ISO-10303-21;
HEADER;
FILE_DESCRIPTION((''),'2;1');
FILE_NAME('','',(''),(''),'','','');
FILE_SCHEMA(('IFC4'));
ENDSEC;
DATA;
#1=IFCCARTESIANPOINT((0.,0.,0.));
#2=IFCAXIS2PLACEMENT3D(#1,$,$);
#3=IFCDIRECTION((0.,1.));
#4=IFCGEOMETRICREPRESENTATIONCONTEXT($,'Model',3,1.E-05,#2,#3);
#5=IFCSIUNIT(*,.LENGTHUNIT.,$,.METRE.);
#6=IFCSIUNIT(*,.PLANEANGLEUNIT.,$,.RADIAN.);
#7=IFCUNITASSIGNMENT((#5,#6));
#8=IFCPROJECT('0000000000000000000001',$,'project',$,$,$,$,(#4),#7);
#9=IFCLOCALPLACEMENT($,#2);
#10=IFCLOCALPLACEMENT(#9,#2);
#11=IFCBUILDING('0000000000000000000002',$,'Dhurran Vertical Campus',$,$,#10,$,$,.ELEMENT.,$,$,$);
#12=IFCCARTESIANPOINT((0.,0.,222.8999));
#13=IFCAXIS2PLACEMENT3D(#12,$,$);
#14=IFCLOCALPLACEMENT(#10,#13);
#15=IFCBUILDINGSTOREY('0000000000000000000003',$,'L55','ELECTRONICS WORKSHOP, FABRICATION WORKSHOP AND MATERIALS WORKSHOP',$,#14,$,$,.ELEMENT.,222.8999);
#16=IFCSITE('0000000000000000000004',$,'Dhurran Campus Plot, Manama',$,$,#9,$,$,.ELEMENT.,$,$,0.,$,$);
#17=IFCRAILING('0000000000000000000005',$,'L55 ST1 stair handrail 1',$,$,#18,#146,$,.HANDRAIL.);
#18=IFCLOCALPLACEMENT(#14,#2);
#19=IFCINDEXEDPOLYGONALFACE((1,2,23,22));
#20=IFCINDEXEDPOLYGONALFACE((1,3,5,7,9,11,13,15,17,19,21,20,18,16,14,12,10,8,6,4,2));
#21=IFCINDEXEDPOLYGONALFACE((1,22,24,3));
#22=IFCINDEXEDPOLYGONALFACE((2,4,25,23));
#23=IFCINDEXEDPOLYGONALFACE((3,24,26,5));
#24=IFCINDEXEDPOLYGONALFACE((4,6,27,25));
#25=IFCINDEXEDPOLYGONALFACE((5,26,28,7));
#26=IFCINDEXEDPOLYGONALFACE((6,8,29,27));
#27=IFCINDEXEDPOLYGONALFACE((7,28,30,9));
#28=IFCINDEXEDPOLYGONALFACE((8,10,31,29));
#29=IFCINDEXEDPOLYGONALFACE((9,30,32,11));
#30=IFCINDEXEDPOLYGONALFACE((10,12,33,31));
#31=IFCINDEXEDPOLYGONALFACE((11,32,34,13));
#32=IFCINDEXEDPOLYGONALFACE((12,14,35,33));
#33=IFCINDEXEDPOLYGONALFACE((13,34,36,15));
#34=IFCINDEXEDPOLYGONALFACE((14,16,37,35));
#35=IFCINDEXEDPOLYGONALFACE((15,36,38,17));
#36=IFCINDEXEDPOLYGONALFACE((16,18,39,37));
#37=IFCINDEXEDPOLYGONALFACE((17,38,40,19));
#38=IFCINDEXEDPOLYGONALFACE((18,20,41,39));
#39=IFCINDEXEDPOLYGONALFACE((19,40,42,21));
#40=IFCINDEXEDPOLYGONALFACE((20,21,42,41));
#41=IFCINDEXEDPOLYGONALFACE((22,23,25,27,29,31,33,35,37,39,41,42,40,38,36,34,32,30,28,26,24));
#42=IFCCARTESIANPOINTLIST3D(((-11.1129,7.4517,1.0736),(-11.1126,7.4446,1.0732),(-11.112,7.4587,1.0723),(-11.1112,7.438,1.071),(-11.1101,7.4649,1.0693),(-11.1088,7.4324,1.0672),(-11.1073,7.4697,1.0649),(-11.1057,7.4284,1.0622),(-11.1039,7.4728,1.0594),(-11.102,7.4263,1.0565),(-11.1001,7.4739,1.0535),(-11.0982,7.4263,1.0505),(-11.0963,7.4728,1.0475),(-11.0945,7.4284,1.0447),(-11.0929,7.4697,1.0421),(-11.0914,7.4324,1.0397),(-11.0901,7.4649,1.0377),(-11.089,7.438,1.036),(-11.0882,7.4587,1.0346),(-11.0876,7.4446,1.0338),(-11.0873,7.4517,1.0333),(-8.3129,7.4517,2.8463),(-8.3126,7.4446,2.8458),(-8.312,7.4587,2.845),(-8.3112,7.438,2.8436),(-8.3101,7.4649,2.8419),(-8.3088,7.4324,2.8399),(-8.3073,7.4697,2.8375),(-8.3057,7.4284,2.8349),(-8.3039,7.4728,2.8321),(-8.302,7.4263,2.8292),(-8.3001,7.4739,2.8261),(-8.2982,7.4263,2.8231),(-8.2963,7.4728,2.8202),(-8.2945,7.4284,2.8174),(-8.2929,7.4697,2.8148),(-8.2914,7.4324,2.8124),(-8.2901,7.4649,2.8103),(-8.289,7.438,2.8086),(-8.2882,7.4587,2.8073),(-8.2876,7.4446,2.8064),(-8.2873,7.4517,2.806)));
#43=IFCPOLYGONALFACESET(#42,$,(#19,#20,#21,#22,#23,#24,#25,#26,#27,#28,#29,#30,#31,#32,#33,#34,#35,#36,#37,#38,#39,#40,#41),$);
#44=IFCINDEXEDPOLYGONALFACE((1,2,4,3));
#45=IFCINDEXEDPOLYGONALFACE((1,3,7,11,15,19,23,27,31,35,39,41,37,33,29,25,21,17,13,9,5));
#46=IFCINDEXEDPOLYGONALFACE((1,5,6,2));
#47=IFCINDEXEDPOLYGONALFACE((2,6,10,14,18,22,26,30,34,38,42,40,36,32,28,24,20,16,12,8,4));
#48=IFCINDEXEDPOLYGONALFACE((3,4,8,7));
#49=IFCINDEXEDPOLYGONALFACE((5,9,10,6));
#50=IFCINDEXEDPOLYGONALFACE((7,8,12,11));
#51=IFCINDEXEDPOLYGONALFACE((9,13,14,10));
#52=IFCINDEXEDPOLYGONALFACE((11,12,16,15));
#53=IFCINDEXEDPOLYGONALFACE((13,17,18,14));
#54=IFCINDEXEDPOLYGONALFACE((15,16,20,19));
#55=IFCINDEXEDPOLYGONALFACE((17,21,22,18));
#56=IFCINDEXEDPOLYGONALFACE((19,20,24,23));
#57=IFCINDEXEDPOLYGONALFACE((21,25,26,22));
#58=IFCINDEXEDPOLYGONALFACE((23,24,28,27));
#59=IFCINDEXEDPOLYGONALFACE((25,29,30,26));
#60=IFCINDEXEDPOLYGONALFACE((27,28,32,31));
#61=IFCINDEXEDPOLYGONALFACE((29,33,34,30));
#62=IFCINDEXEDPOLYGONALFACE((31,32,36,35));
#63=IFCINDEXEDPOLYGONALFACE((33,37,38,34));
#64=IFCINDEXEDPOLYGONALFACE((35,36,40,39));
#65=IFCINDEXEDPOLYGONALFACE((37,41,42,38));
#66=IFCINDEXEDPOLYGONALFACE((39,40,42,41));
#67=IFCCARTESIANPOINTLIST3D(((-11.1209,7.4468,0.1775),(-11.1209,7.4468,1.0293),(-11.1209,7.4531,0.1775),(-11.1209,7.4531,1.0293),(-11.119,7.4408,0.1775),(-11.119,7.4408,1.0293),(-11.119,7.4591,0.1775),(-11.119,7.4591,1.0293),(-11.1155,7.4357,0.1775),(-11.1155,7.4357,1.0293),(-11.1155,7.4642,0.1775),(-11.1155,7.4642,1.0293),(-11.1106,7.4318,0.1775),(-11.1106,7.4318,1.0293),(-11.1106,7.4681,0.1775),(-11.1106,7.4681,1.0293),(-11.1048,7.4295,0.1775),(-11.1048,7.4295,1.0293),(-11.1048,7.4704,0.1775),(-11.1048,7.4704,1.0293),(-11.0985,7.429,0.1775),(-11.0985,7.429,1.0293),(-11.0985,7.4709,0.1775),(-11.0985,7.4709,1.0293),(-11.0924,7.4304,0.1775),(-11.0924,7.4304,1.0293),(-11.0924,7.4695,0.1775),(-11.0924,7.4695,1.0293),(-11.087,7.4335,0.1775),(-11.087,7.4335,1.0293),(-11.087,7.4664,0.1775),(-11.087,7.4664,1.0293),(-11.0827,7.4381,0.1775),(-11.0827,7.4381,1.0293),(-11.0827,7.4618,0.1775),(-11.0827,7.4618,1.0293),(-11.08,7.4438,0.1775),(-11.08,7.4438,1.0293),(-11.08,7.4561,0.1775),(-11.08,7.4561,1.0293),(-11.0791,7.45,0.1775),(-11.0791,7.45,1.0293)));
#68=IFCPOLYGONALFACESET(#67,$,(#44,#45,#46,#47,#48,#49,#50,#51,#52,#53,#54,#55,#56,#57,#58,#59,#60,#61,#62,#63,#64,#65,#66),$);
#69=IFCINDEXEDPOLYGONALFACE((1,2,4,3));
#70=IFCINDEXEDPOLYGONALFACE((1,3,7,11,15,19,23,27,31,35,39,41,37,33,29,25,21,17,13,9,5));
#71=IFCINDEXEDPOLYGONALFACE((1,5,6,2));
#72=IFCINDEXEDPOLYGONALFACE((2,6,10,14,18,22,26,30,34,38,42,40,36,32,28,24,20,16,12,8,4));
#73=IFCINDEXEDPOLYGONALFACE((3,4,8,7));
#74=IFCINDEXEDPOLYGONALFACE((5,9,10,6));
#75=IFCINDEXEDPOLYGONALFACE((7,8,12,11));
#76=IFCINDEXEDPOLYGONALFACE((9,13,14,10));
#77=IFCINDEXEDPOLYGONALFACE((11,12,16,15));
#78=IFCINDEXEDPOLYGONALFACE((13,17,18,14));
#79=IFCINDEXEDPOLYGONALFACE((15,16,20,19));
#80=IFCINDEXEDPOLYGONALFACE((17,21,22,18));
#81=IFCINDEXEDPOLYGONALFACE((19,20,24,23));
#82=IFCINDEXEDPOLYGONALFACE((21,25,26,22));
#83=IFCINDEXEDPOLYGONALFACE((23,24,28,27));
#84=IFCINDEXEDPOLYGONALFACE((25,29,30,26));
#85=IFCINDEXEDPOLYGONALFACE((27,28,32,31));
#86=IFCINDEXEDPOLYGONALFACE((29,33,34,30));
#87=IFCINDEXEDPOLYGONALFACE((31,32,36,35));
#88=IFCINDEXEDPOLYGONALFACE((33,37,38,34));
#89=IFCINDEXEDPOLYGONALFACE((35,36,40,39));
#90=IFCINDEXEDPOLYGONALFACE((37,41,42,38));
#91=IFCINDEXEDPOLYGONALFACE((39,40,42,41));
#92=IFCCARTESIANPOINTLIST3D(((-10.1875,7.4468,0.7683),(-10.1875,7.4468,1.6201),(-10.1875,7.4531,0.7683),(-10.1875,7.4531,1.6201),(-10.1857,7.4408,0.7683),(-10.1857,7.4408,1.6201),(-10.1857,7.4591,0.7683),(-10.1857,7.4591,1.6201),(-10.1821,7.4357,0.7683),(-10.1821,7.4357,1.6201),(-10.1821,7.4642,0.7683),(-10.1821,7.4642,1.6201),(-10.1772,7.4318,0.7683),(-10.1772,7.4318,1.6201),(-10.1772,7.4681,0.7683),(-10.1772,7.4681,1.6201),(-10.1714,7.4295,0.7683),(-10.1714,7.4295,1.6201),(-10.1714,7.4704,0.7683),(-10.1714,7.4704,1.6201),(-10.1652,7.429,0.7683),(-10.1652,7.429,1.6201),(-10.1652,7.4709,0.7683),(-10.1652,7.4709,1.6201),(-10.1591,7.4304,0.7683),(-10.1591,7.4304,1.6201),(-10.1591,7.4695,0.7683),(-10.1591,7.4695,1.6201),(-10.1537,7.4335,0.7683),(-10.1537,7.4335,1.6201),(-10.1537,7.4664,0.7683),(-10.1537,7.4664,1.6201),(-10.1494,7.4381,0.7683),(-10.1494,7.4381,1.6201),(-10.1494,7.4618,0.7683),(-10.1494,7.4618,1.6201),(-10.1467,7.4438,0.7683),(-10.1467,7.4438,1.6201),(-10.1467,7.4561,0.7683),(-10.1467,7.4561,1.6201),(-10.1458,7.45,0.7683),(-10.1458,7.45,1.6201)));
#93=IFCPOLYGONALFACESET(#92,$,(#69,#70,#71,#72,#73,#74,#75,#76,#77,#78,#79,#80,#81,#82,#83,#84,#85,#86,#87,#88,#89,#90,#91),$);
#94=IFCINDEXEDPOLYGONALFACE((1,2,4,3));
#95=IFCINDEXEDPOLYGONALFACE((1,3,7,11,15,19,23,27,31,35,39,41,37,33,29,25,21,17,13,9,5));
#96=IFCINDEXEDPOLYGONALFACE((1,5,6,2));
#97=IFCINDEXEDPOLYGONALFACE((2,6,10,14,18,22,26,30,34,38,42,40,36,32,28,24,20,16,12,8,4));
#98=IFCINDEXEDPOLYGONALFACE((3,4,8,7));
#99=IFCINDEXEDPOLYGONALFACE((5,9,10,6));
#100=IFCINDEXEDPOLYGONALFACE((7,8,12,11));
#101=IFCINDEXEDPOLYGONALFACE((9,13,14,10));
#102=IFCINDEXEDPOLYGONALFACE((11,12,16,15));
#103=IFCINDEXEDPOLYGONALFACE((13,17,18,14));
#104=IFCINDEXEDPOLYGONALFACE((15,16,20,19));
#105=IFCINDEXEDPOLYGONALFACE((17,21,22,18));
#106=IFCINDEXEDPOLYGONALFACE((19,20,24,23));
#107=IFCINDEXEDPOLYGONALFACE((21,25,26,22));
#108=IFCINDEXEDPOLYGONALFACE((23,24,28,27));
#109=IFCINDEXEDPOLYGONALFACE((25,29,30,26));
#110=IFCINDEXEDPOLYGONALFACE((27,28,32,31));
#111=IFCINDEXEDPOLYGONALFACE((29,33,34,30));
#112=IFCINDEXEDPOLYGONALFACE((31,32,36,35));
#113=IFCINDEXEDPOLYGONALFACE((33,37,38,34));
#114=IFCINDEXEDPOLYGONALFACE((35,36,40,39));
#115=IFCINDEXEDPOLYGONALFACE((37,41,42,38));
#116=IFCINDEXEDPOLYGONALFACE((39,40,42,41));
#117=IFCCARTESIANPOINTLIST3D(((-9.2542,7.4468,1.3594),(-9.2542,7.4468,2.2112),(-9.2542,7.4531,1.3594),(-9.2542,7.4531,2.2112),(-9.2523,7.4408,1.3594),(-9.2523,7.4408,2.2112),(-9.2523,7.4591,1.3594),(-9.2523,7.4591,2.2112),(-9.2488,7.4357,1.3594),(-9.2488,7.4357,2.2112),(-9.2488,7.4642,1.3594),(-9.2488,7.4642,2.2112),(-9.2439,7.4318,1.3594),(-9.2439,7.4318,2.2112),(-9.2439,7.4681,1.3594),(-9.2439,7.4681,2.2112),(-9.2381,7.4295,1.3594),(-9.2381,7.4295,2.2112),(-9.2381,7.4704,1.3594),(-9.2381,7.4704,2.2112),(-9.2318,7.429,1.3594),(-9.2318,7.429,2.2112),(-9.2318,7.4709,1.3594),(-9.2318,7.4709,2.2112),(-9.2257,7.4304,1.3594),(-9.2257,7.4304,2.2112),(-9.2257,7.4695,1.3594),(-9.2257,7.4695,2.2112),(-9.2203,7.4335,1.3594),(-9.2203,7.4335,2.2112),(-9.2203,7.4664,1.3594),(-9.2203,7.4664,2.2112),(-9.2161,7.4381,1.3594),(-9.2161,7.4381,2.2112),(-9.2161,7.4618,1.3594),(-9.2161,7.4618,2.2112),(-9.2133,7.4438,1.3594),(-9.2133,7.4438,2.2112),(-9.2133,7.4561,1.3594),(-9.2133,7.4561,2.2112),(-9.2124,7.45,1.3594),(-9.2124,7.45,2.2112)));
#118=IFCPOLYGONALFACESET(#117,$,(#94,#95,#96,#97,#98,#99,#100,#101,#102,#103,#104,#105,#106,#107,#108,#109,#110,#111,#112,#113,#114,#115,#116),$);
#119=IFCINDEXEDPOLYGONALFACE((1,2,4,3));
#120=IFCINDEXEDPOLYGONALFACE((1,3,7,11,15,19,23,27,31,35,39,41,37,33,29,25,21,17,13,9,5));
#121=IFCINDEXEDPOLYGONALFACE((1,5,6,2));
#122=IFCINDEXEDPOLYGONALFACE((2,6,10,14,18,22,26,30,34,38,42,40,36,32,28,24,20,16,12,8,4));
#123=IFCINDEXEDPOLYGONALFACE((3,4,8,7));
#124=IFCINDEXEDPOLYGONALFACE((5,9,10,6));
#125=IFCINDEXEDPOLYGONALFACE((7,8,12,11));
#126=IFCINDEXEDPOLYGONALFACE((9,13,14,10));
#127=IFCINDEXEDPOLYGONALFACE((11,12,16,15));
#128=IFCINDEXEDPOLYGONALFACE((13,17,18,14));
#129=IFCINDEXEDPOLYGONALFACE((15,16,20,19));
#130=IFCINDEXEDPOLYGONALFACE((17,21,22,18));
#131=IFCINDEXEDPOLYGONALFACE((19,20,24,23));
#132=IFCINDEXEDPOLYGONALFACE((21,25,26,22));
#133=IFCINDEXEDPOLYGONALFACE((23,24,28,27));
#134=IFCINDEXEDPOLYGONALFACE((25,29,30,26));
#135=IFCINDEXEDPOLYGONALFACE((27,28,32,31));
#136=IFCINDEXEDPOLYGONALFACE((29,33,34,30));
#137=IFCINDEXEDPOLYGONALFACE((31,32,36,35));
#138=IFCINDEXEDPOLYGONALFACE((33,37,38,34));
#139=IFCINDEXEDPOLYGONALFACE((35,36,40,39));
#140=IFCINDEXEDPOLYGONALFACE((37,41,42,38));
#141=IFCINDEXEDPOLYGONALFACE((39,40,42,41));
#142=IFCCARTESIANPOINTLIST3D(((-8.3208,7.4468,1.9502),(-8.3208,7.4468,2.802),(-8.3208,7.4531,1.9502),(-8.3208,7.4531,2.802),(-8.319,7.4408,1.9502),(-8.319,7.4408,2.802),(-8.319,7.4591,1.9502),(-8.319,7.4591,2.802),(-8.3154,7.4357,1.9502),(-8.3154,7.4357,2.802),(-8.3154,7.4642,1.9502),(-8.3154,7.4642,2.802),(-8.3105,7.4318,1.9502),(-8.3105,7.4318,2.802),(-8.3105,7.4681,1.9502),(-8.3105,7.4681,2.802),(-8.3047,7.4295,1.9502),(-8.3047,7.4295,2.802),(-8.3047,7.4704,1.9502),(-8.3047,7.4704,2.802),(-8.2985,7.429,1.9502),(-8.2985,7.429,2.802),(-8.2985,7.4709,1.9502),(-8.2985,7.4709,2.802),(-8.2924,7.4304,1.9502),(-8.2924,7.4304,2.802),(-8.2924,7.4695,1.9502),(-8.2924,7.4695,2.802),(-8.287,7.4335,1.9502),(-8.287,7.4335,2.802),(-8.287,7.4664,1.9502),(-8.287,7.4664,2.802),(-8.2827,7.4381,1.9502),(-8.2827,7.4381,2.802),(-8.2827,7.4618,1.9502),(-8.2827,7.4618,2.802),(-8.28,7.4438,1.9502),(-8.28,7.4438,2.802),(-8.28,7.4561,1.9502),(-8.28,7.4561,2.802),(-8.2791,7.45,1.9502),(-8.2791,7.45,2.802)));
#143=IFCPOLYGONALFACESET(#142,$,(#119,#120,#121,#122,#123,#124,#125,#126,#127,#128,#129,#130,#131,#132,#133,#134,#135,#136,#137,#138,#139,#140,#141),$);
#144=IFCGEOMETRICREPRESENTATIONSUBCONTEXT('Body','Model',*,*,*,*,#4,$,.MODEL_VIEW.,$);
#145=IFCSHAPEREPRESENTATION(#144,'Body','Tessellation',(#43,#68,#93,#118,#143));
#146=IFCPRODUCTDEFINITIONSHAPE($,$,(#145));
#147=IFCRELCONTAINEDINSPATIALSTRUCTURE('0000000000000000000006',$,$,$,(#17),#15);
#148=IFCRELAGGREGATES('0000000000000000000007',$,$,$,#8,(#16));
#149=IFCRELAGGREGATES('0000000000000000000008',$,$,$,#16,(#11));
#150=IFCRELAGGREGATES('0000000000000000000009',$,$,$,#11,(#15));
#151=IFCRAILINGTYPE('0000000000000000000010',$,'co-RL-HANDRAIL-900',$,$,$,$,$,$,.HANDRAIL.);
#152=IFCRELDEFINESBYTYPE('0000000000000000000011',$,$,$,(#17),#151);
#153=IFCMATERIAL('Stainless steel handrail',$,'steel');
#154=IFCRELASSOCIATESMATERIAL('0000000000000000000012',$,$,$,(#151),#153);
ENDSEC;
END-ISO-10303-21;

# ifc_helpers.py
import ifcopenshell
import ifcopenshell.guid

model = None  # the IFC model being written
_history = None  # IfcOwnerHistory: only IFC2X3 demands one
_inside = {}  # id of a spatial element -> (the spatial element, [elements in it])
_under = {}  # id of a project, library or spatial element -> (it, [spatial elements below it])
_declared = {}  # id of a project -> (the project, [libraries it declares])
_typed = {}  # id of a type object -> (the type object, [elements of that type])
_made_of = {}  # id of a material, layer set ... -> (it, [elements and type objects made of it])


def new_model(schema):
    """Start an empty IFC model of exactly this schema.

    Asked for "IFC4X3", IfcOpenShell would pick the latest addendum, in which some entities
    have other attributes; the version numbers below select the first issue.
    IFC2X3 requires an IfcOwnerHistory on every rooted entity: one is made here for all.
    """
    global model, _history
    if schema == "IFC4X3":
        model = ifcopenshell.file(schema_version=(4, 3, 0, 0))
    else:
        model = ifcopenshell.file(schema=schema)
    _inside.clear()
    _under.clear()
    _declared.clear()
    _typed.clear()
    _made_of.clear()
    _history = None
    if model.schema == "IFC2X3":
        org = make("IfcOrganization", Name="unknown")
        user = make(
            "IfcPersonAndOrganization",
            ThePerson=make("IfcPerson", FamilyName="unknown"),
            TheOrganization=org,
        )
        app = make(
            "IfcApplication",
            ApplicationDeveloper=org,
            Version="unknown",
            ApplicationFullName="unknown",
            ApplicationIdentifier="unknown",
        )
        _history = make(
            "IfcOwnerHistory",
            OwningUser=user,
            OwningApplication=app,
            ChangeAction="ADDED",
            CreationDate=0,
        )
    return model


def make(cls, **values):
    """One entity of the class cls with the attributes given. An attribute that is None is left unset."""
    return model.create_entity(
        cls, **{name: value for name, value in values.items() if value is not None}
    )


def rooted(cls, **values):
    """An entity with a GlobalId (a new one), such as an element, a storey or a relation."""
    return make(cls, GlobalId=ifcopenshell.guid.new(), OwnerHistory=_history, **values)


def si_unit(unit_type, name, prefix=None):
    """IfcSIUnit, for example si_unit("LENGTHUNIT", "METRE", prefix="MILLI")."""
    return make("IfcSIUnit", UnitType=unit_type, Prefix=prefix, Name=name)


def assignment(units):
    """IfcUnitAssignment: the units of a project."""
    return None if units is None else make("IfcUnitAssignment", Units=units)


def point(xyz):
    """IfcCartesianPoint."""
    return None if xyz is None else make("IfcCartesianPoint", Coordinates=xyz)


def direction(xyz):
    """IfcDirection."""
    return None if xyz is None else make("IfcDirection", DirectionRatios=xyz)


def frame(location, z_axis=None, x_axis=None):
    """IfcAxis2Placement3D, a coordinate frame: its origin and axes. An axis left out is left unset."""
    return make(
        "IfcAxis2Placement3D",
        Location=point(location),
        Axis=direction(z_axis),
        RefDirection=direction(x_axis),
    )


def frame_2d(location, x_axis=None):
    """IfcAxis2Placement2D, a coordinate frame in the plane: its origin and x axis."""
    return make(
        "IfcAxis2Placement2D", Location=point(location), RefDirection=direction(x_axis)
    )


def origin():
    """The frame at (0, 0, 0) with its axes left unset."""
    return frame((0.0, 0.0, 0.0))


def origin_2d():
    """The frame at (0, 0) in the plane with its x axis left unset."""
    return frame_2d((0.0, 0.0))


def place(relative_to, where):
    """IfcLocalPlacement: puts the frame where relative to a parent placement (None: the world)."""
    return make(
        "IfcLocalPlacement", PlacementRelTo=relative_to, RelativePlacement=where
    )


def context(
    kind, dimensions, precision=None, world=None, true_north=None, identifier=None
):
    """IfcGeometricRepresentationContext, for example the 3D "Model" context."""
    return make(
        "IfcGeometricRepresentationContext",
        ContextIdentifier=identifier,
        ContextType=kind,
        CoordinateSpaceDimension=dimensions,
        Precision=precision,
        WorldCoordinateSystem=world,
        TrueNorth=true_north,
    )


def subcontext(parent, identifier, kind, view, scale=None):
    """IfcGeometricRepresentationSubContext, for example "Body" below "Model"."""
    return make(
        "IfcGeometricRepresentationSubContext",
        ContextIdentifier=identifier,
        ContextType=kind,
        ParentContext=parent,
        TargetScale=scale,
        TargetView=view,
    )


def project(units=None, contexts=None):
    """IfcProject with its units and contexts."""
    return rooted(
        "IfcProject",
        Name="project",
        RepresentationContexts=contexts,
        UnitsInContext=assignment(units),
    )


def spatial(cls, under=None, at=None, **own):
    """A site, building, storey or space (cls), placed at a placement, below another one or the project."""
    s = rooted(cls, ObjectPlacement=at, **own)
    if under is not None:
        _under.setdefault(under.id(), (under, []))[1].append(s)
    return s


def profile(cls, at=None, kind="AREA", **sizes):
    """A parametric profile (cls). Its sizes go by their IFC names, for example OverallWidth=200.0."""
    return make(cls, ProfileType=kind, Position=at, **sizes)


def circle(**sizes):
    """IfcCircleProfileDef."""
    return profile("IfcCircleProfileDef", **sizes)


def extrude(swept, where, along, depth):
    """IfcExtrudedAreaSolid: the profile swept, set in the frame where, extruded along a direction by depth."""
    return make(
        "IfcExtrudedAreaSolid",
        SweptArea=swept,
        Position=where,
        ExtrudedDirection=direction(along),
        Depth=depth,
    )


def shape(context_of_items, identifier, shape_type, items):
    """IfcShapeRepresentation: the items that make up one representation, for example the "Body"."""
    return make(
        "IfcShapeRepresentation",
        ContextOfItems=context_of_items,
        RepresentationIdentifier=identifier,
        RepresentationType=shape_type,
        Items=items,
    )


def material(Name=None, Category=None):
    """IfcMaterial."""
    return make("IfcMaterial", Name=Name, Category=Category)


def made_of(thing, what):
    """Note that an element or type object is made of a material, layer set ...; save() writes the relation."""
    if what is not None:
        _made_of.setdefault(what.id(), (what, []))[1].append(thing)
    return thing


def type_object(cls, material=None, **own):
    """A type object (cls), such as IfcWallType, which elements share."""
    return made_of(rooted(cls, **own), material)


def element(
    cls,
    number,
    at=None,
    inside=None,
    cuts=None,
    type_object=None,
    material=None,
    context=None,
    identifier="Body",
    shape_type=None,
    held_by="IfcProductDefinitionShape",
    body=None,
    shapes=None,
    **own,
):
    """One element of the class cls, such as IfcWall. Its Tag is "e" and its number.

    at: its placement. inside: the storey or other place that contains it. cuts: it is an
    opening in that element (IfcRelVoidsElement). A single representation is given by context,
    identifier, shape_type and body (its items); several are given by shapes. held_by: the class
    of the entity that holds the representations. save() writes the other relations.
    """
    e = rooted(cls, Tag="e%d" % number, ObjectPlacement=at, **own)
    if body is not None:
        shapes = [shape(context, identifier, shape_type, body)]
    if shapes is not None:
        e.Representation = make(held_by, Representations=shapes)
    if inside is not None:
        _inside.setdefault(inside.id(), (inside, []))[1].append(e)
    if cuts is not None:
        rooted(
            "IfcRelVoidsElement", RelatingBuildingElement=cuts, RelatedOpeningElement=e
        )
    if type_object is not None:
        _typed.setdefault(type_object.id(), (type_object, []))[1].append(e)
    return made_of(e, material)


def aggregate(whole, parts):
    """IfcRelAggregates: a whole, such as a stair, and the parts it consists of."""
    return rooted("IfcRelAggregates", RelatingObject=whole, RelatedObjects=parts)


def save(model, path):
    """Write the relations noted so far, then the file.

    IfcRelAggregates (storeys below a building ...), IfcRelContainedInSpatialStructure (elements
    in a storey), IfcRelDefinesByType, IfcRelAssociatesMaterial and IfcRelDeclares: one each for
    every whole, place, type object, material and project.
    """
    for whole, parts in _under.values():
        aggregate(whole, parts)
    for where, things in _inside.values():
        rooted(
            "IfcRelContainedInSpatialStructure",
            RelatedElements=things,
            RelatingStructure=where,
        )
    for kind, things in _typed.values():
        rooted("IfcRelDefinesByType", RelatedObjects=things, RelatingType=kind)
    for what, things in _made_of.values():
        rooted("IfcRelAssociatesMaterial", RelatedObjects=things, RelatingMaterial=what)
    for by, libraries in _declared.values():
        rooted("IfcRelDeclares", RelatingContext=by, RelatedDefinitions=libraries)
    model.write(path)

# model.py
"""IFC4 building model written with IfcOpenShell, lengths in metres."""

from ifc_helpers import new_model, si_unit, direction, frame, origin, origin_2d, place, context, subcontext, project, spatial, circle, extrude, material, type_object, element, save


model = new_model("IFC4")

# Units and contexts
model_context = context("Model", 3, precision=1e-05, world=origin(), true_north=direction((0.0, 1.0)))
body_context = subcontext(model_context, "Body", "Model", "MODEL_VIEW")
ifc_project = project(units=[si_unit("LENGTHUNIT", "METRE"), si_unit("PLANEANGLEUNIT", "RADIAN")], contexts=[model_context])

# Site, building, storey
site_placement = place(None, origin())
site = spatial("IfcSite", under=ifc_project, at=site_placement, Name="Dhurran Campus Plot, Manama", CompositionType="ELEMENT", RefElevation=0.0)
building_placement = place(site_placement, origin())
building = spatial("IfcBuilding", under=site, at=building_placement, Name="Dhurran Vertical Campus", CompositionType="ELEMENT")
storey_placement = place(building_placement, frame((0.0, 0.0, 222.8999)))
storey = spatial("IfcBuildingStorey", under=building, at=storey_placement, Name="L55", Description="ELECTRONICS WORKSHOP, FABRICATION WORKSHOP AND MATERIALS WORKSHOP", CompositionType="ELEMENT", Elevation=222.8999)

# Railing
ifc_material_1 = material(Name="Stainless steel handrail", Category="steel")
railing_type_1 = type_object("IfcRailingType", Name="co-RL-HANDRAIL-900", PredefinedType="HANDRAIL", material=ifc_material_1)
railing_1_placement = place(storey_placement, frame((-11.1001, 7.45, 0.1775)))
element("IfcRailing", 1, at=railing_1_placement, inside=storey, type_object=railing_type_1, Name="L55 ST1 stair handrail 1", PredefinedType="HANDRAIL", context=body_context, shape_type="SweptSolid", body=[
    extrude(circle(Radius=0.0239, at=origin_2d()), frame((0.0, 0.0, 0.876), z_axis=(0.844909, 0.0, 0.53491), x_axis=(0.0, 1.0, 0.0)), (0.0, 0.0, 1.0), 3.314),
    extrude(circle(Radius=0.021, at=origin_2d()), origin(), (0.0, 0.0, 1.0), 0.8518),
    extrude(circle(Radius=0.021, at=origin_2d()), frame((0.9333, 0.0, 0.5908)), (0.0, 0.0, 1.0), 0.8518),
    extrude(circle(Radius=0.021, at=origin_2d()), frame((1.8667, 0.0, 1.1819)), (0.0, 0.0, 1.0), 0.8518),
    extrude(circle(Radius=0.021, at=origin_2d()), frame((2.8, 0.0, 1.7727)), (0.0, 0.0, 1.0), 0.8518),
])

save(model, "model.ifc")
